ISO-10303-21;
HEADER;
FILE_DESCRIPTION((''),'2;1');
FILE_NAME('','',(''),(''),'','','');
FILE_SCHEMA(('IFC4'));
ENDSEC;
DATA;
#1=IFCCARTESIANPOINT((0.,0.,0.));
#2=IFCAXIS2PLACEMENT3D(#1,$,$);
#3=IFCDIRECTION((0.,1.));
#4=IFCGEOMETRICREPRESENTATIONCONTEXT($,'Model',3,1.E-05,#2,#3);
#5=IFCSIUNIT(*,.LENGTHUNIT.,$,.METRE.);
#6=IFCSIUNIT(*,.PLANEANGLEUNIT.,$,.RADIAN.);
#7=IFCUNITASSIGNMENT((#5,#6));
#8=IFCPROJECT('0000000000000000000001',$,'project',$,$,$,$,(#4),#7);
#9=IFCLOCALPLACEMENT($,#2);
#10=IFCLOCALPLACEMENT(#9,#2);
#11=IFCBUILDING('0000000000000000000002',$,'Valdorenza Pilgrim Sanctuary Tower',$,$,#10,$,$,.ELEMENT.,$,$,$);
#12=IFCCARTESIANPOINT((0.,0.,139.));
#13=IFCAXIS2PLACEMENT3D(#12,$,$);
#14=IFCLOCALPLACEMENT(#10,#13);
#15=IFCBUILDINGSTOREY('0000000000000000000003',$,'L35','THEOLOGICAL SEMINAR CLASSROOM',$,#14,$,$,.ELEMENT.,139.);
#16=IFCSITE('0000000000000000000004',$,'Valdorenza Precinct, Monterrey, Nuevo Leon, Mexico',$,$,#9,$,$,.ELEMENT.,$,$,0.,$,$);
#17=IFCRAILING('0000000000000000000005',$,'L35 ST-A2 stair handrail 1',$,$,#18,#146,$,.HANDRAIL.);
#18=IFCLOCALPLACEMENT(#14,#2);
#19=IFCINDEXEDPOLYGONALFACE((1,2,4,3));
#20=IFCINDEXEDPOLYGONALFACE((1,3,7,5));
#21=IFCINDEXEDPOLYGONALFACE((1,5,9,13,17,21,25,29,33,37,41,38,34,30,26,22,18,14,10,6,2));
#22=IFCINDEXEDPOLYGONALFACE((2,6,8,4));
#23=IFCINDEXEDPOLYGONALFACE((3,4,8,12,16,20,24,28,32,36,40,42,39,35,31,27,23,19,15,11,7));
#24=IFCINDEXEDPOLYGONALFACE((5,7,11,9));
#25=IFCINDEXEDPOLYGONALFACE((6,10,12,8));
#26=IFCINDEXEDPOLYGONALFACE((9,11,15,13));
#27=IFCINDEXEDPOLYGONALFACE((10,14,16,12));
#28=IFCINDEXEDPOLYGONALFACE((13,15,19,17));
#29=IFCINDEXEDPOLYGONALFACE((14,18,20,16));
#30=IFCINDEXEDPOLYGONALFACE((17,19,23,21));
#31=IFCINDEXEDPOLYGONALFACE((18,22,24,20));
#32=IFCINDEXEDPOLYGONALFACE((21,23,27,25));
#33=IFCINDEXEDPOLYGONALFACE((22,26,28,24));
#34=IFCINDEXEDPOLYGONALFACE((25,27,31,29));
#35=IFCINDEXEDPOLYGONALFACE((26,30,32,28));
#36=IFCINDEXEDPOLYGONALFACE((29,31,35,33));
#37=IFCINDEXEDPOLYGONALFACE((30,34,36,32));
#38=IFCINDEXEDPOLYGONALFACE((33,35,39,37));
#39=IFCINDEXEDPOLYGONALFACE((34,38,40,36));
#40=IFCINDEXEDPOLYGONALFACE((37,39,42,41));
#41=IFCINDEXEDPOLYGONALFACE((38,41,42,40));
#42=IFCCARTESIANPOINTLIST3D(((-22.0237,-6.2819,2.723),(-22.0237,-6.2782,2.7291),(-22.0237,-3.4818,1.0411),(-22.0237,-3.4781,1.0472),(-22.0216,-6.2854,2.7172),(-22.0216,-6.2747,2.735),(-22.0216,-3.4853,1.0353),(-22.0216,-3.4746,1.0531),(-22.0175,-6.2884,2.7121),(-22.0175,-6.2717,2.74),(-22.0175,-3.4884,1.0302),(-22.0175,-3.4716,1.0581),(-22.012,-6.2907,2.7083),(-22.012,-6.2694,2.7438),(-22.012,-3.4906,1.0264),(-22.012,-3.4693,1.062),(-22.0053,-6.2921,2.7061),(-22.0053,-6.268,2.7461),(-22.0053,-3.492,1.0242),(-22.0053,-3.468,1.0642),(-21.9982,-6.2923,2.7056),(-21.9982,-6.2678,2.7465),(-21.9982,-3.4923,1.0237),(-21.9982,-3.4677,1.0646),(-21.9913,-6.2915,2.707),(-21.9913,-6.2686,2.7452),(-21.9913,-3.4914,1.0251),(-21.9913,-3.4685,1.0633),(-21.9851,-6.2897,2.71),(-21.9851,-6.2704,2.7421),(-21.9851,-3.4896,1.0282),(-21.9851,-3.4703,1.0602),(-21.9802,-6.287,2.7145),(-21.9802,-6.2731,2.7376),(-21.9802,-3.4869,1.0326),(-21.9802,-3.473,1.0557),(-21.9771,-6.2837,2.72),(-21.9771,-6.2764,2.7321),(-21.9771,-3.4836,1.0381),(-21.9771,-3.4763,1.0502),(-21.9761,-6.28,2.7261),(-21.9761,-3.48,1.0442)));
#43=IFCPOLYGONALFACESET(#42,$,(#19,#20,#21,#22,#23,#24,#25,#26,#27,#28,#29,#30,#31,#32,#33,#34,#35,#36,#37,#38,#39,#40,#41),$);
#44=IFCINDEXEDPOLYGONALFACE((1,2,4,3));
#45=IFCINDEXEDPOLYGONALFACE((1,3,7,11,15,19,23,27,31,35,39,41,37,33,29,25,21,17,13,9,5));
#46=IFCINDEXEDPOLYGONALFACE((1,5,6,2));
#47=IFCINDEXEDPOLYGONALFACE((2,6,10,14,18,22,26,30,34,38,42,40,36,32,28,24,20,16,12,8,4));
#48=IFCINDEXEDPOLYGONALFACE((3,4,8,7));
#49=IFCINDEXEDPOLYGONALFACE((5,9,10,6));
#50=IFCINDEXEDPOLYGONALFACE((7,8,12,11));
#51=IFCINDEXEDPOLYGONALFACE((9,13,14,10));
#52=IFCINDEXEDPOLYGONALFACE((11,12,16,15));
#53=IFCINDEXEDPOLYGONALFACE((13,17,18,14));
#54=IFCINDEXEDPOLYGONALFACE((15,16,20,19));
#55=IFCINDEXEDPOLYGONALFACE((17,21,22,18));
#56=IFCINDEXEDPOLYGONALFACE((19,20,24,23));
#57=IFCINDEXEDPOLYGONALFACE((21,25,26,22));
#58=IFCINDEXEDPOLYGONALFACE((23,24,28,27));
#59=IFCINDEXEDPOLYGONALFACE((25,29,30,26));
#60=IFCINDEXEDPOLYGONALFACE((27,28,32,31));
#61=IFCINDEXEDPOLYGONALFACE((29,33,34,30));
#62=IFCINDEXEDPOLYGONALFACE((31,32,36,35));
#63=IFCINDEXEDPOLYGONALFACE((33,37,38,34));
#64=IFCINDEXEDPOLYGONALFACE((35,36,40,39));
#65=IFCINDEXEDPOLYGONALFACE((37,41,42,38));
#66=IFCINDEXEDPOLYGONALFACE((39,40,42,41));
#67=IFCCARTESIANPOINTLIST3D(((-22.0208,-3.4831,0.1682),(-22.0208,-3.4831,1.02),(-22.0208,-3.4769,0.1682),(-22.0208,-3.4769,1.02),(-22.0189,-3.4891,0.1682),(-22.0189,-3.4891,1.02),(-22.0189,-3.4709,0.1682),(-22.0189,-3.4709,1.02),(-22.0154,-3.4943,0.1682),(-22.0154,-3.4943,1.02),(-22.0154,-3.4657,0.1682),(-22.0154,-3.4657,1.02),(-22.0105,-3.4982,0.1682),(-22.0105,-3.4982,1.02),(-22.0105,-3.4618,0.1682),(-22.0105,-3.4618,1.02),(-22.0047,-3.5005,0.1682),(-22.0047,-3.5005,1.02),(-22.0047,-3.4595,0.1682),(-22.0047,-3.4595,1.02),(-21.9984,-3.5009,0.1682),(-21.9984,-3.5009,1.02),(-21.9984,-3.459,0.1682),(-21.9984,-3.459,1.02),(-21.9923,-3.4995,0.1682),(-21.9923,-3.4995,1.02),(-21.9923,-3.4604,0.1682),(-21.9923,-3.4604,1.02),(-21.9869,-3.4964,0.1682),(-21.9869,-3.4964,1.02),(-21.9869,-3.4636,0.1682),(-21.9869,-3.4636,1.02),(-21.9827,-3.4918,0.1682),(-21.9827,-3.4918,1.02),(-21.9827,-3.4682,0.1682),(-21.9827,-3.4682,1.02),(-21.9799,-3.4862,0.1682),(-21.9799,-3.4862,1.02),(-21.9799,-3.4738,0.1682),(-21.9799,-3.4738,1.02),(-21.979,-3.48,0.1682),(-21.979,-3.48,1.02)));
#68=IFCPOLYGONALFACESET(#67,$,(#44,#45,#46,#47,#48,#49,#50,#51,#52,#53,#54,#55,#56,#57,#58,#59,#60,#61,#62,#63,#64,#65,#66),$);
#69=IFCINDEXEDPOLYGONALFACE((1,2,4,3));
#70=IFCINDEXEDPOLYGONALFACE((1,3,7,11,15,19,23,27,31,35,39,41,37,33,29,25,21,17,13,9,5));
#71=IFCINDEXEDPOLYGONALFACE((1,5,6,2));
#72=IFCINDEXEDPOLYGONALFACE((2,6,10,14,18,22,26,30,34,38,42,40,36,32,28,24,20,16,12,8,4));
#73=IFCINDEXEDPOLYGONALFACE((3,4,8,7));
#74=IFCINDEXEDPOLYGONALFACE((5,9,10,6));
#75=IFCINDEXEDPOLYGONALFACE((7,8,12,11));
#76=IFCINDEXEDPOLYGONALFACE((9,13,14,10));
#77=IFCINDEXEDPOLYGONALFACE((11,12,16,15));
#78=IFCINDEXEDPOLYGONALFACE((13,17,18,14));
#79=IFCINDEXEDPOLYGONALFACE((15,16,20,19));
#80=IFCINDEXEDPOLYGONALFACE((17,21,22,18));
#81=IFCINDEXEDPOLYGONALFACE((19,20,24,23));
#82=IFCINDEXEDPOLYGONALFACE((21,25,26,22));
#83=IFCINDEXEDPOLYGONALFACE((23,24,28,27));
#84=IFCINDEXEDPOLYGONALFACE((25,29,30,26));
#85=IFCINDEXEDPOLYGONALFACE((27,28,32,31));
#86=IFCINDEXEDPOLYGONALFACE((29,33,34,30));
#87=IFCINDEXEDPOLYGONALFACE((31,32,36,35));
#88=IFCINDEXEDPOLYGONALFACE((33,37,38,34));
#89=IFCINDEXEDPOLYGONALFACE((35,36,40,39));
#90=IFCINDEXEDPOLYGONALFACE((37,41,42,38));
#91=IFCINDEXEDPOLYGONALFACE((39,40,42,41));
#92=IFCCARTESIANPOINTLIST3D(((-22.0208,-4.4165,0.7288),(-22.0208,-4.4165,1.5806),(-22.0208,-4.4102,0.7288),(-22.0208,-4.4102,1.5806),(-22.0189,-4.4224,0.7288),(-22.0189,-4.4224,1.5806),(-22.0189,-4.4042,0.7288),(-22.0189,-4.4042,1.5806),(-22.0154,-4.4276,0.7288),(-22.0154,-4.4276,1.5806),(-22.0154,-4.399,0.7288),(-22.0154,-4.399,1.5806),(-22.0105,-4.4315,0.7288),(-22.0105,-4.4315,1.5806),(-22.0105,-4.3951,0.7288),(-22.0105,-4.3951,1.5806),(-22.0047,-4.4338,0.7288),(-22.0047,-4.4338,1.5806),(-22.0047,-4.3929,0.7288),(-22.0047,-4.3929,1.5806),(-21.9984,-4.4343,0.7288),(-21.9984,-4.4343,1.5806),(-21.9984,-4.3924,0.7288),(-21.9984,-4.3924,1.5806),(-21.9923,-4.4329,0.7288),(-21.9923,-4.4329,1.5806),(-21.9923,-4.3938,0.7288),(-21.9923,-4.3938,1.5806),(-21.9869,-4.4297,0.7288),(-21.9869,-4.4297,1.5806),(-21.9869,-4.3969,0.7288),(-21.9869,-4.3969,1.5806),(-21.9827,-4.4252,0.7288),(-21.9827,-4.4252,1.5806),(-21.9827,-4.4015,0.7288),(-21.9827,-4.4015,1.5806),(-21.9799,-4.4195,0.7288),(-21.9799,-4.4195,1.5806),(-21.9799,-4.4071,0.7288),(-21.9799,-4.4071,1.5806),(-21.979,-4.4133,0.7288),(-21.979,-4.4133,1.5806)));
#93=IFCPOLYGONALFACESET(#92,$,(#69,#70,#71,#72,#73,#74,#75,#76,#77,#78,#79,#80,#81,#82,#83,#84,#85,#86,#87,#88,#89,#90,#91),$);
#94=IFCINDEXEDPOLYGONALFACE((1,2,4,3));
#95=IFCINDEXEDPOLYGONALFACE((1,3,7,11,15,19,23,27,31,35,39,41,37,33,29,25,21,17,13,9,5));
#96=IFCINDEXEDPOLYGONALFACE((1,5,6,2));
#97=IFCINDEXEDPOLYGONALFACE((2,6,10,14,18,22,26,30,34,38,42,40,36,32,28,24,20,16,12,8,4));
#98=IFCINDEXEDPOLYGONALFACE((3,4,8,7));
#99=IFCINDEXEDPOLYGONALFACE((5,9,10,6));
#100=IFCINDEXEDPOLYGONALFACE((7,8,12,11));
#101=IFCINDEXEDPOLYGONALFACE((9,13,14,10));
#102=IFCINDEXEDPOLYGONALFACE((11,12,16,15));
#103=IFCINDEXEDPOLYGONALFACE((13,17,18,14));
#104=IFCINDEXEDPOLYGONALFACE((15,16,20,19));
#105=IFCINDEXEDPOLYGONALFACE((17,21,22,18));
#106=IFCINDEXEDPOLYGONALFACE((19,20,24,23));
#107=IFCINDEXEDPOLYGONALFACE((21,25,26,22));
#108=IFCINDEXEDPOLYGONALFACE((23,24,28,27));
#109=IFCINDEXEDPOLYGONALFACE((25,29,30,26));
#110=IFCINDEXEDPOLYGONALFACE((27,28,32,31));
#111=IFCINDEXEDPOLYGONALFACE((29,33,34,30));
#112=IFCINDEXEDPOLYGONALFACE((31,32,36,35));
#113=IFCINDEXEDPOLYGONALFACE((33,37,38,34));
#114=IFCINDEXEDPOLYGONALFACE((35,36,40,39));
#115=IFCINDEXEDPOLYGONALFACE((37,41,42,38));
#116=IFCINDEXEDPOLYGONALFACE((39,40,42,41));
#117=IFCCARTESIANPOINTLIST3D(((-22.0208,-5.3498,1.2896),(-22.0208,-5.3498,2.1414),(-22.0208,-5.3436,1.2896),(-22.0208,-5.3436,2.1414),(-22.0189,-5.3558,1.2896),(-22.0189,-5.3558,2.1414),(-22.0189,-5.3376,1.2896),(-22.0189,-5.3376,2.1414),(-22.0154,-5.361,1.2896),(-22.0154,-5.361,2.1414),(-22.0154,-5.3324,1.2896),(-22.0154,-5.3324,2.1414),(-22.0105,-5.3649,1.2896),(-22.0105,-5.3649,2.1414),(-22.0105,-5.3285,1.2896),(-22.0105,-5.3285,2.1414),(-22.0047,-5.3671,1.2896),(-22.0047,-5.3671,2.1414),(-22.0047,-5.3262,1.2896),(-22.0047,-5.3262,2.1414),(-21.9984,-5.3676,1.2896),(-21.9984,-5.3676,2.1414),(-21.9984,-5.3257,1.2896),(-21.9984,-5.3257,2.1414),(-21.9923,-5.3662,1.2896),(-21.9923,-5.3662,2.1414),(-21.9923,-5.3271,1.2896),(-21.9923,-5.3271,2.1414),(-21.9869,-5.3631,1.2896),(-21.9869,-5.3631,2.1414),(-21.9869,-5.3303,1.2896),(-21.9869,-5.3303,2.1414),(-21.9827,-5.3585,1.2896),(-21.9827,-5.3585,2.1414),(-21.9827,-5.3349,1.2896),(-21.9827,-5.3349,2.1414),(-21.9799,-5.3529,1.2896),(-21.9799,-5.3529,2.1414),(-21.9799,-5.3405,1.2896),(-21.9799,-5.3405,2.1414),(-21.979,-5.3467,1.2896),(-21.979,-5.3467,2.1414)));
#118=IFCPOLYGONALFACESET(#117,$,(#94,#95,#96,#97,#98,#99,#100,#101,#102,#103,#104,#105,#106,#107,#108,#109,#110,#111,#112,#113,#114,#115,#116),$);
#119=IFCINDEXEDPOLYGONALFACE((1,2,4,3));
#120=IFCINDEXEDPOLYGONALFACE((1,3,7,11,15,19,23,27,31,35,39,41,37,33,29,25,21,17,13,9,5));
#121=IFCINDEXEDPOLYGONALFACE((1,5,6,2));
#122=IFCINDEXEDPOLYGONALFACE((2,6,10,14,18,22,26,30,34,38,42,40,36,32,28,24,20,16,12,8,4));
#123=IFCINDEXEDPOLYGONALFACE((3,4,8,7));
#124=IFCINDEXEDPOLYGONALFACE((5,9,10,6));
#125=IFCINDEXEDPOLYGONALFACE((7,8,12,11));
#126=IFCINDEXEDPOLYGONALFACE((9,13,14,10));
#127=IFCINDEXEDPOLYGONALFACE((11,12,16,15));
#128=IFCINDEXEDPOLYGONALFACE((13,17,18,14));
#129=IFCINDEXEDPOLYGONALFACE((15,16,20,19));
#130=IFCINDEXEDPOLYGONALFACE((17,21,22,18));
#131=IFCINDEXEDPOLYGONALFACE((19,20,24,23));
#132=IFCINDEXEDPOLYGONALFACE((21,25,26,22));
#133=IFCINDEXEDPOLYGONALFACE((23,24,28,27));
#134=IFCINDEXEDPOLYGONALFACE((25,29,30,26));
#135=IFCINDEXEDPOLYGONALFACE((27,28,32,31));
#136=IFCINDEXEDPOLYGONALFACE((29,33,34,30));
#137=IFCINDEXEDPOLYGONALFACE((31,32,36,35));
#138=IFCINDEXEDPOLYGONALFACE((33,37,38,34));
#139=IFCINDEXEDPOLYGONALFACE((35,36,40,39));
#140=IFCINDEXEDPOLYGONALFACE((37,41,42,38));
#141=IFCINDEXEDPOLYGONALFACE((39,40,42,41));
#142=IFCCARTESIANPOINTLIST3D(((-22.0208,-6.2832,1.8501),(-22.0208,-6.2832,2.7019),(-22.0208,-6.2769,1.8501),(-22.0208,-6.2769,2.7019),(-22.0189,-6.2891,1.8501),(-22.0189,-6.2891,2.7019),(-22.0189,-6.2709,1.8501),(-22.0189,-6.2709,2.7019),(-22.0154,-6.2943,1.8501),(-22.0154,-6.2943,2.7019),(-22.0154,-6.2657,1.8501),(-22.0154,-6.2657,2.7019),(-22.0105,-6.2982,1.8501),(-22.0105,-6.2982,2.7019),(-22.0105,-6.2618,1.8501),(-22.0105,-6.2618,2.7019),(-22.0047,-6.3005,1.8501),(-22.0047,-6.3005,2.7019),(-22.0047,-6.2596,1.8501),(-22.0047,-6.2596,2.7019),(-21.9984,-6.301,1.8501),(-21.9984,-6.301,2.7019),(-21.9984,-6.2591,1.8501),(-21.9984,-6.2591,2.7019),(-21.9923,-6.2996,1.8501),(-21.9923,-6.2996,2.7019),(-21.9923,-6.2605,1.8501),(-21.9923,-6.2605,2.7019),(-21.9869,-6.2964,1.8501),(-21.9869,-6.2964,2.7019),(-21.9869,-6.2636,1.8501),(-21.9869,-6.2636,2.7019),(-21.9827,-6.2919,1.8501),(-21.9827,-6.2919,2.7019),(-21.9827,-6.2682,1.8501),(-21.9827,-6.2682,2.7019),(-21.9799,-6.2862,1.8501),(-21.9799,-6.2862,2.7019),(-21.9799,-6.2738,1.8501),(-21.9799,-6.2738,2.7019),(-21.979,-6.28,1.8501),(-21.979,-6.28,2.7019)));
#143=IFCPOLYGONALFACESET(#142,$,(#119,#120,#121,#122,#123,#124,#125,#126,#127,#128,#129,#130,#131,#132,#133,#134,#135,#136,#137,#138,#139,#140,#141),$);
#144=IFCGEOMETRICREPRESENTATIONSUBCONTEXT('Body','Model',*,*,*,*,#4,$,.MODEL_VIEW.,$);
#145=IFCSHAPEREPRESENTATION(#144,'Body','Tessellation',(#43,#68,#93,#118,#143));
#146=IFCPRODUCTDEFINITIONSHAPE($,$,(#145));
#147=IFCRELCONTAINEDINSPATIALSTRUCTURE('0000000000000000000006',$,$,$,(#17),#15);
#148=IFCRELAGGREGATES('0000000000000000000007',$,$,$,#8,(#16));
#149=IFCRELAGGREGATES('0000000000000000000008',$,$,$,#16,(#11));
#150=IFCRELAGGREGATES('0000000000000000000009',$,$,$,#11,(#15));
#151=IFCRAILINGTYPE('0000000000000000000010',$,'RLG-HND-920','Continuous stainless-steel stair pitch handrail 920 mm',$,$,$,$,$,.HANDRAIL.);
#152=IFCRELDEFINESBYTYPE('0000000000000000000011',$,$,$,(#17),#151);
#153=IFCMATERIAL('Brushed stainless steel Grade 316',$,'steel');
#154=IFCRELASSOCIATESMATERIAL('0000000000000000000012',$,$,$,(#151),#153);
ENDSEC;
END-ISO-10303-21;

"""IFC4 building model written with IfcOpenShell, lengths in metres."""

from ifc_helpers import new_model, si_unit, direction, frame, origin, origin_2d, place, context, subcontext, project, spatial, circle, extrude, material, type_object, element, save


model = new_model("IFC4")

# Units and contexts
model_context = context("Model", 3, precision=1e-05, world=origin(), true_north=direction((0.0, 1.0)))
body_context = subcontext(model_context, "Body", "Model", "MODEL_VIEW")
ifc_project = project(units=[si_unit("LENGTHUNIT", "METRE"), si_unit("PLANEANGLEUNIT", "RADIAN")], contexts=[model_context])

# Site, building, storey
site_placement = place(None, origin())
site = spatial("IfcSite", under=ifc_project, at=site_placement, Name="Valdorenza Precinct, Monterrey, Nuevo Leon, Mexico", CompositionType="ELEMENT", RefElevation=0.0)
building_placement = place(site_placement, origin())
building = spatial("IfcBuilding", under=site, at=building_placement, Name="Valdorenza Pilgrim Sanctuary Tower", CompositionType="ELEMENT")
storey_placement = place(building_placement, frame((0.0, 0.0, 139.0)))
storey = spatial("IfcBuildingStorey", under=building, at=storey_placement, Name="L35", Description="THEOLOGICAL SEMINAR CLASSROOM", CompositionType="ELEMENT", Elevation=139.0)

# Shared definitions
ifc_material_1 = material(Name="Brushed stainless steel Grade 316", Category="steel")

# Railing
railing_type_1 = type_object("IfcRailingType", Name="RLG-HND-920", Description="Continuous stainless-steel stair pitch handrail 920 mm", PredefinedType="HANDRAIL", material=ifc_material_1)
railing_1_placement = place(storey_placement, frame((-22.0, -3.48, 0.1682)))
element("IfcRailing", 1, at=railing_1_placement, inside=storey, type_object=railing_type_1, Name="L35 ST-A2 stair handrail 1", PredefinedType="HANDRAIL", context=body_context, shape_type="SweptSolid", body=[
    extrude(circle(Radius=0.0239, at=origin_2d()), frame((0.0, 0.0, 0.876), z_axis=(0.0, -0.857242, 0.514913), x_axis=(1.0, 0.0, 0.0)), (0.0, 0.0, 1.0), 3.2664),
    extrude(circle(Radius=0.021, at=origin_2d()), origin(), (0.0, 0.0, 1.0), 0.8518),
    extrude(circle(Radius=0.021, at=origin_2d()), frame((0.0, -0.9333, 0.5605)), (0.0, 0.0, 1.0), 0.8518),
    extrude(circle(Radius=0.021, at=origin_2d()), frame((0.0, -1.8667, 1.1213)), (0.0, 0.0, 1.0), 0.8518),
    extrude(circle(Radius=0.021, at=origin_2d()), frame((0.0, -2.8, 1.6819)), (0.0, 0.0, 1.0), 0.8518),
])

save(model, "model.ifc")
